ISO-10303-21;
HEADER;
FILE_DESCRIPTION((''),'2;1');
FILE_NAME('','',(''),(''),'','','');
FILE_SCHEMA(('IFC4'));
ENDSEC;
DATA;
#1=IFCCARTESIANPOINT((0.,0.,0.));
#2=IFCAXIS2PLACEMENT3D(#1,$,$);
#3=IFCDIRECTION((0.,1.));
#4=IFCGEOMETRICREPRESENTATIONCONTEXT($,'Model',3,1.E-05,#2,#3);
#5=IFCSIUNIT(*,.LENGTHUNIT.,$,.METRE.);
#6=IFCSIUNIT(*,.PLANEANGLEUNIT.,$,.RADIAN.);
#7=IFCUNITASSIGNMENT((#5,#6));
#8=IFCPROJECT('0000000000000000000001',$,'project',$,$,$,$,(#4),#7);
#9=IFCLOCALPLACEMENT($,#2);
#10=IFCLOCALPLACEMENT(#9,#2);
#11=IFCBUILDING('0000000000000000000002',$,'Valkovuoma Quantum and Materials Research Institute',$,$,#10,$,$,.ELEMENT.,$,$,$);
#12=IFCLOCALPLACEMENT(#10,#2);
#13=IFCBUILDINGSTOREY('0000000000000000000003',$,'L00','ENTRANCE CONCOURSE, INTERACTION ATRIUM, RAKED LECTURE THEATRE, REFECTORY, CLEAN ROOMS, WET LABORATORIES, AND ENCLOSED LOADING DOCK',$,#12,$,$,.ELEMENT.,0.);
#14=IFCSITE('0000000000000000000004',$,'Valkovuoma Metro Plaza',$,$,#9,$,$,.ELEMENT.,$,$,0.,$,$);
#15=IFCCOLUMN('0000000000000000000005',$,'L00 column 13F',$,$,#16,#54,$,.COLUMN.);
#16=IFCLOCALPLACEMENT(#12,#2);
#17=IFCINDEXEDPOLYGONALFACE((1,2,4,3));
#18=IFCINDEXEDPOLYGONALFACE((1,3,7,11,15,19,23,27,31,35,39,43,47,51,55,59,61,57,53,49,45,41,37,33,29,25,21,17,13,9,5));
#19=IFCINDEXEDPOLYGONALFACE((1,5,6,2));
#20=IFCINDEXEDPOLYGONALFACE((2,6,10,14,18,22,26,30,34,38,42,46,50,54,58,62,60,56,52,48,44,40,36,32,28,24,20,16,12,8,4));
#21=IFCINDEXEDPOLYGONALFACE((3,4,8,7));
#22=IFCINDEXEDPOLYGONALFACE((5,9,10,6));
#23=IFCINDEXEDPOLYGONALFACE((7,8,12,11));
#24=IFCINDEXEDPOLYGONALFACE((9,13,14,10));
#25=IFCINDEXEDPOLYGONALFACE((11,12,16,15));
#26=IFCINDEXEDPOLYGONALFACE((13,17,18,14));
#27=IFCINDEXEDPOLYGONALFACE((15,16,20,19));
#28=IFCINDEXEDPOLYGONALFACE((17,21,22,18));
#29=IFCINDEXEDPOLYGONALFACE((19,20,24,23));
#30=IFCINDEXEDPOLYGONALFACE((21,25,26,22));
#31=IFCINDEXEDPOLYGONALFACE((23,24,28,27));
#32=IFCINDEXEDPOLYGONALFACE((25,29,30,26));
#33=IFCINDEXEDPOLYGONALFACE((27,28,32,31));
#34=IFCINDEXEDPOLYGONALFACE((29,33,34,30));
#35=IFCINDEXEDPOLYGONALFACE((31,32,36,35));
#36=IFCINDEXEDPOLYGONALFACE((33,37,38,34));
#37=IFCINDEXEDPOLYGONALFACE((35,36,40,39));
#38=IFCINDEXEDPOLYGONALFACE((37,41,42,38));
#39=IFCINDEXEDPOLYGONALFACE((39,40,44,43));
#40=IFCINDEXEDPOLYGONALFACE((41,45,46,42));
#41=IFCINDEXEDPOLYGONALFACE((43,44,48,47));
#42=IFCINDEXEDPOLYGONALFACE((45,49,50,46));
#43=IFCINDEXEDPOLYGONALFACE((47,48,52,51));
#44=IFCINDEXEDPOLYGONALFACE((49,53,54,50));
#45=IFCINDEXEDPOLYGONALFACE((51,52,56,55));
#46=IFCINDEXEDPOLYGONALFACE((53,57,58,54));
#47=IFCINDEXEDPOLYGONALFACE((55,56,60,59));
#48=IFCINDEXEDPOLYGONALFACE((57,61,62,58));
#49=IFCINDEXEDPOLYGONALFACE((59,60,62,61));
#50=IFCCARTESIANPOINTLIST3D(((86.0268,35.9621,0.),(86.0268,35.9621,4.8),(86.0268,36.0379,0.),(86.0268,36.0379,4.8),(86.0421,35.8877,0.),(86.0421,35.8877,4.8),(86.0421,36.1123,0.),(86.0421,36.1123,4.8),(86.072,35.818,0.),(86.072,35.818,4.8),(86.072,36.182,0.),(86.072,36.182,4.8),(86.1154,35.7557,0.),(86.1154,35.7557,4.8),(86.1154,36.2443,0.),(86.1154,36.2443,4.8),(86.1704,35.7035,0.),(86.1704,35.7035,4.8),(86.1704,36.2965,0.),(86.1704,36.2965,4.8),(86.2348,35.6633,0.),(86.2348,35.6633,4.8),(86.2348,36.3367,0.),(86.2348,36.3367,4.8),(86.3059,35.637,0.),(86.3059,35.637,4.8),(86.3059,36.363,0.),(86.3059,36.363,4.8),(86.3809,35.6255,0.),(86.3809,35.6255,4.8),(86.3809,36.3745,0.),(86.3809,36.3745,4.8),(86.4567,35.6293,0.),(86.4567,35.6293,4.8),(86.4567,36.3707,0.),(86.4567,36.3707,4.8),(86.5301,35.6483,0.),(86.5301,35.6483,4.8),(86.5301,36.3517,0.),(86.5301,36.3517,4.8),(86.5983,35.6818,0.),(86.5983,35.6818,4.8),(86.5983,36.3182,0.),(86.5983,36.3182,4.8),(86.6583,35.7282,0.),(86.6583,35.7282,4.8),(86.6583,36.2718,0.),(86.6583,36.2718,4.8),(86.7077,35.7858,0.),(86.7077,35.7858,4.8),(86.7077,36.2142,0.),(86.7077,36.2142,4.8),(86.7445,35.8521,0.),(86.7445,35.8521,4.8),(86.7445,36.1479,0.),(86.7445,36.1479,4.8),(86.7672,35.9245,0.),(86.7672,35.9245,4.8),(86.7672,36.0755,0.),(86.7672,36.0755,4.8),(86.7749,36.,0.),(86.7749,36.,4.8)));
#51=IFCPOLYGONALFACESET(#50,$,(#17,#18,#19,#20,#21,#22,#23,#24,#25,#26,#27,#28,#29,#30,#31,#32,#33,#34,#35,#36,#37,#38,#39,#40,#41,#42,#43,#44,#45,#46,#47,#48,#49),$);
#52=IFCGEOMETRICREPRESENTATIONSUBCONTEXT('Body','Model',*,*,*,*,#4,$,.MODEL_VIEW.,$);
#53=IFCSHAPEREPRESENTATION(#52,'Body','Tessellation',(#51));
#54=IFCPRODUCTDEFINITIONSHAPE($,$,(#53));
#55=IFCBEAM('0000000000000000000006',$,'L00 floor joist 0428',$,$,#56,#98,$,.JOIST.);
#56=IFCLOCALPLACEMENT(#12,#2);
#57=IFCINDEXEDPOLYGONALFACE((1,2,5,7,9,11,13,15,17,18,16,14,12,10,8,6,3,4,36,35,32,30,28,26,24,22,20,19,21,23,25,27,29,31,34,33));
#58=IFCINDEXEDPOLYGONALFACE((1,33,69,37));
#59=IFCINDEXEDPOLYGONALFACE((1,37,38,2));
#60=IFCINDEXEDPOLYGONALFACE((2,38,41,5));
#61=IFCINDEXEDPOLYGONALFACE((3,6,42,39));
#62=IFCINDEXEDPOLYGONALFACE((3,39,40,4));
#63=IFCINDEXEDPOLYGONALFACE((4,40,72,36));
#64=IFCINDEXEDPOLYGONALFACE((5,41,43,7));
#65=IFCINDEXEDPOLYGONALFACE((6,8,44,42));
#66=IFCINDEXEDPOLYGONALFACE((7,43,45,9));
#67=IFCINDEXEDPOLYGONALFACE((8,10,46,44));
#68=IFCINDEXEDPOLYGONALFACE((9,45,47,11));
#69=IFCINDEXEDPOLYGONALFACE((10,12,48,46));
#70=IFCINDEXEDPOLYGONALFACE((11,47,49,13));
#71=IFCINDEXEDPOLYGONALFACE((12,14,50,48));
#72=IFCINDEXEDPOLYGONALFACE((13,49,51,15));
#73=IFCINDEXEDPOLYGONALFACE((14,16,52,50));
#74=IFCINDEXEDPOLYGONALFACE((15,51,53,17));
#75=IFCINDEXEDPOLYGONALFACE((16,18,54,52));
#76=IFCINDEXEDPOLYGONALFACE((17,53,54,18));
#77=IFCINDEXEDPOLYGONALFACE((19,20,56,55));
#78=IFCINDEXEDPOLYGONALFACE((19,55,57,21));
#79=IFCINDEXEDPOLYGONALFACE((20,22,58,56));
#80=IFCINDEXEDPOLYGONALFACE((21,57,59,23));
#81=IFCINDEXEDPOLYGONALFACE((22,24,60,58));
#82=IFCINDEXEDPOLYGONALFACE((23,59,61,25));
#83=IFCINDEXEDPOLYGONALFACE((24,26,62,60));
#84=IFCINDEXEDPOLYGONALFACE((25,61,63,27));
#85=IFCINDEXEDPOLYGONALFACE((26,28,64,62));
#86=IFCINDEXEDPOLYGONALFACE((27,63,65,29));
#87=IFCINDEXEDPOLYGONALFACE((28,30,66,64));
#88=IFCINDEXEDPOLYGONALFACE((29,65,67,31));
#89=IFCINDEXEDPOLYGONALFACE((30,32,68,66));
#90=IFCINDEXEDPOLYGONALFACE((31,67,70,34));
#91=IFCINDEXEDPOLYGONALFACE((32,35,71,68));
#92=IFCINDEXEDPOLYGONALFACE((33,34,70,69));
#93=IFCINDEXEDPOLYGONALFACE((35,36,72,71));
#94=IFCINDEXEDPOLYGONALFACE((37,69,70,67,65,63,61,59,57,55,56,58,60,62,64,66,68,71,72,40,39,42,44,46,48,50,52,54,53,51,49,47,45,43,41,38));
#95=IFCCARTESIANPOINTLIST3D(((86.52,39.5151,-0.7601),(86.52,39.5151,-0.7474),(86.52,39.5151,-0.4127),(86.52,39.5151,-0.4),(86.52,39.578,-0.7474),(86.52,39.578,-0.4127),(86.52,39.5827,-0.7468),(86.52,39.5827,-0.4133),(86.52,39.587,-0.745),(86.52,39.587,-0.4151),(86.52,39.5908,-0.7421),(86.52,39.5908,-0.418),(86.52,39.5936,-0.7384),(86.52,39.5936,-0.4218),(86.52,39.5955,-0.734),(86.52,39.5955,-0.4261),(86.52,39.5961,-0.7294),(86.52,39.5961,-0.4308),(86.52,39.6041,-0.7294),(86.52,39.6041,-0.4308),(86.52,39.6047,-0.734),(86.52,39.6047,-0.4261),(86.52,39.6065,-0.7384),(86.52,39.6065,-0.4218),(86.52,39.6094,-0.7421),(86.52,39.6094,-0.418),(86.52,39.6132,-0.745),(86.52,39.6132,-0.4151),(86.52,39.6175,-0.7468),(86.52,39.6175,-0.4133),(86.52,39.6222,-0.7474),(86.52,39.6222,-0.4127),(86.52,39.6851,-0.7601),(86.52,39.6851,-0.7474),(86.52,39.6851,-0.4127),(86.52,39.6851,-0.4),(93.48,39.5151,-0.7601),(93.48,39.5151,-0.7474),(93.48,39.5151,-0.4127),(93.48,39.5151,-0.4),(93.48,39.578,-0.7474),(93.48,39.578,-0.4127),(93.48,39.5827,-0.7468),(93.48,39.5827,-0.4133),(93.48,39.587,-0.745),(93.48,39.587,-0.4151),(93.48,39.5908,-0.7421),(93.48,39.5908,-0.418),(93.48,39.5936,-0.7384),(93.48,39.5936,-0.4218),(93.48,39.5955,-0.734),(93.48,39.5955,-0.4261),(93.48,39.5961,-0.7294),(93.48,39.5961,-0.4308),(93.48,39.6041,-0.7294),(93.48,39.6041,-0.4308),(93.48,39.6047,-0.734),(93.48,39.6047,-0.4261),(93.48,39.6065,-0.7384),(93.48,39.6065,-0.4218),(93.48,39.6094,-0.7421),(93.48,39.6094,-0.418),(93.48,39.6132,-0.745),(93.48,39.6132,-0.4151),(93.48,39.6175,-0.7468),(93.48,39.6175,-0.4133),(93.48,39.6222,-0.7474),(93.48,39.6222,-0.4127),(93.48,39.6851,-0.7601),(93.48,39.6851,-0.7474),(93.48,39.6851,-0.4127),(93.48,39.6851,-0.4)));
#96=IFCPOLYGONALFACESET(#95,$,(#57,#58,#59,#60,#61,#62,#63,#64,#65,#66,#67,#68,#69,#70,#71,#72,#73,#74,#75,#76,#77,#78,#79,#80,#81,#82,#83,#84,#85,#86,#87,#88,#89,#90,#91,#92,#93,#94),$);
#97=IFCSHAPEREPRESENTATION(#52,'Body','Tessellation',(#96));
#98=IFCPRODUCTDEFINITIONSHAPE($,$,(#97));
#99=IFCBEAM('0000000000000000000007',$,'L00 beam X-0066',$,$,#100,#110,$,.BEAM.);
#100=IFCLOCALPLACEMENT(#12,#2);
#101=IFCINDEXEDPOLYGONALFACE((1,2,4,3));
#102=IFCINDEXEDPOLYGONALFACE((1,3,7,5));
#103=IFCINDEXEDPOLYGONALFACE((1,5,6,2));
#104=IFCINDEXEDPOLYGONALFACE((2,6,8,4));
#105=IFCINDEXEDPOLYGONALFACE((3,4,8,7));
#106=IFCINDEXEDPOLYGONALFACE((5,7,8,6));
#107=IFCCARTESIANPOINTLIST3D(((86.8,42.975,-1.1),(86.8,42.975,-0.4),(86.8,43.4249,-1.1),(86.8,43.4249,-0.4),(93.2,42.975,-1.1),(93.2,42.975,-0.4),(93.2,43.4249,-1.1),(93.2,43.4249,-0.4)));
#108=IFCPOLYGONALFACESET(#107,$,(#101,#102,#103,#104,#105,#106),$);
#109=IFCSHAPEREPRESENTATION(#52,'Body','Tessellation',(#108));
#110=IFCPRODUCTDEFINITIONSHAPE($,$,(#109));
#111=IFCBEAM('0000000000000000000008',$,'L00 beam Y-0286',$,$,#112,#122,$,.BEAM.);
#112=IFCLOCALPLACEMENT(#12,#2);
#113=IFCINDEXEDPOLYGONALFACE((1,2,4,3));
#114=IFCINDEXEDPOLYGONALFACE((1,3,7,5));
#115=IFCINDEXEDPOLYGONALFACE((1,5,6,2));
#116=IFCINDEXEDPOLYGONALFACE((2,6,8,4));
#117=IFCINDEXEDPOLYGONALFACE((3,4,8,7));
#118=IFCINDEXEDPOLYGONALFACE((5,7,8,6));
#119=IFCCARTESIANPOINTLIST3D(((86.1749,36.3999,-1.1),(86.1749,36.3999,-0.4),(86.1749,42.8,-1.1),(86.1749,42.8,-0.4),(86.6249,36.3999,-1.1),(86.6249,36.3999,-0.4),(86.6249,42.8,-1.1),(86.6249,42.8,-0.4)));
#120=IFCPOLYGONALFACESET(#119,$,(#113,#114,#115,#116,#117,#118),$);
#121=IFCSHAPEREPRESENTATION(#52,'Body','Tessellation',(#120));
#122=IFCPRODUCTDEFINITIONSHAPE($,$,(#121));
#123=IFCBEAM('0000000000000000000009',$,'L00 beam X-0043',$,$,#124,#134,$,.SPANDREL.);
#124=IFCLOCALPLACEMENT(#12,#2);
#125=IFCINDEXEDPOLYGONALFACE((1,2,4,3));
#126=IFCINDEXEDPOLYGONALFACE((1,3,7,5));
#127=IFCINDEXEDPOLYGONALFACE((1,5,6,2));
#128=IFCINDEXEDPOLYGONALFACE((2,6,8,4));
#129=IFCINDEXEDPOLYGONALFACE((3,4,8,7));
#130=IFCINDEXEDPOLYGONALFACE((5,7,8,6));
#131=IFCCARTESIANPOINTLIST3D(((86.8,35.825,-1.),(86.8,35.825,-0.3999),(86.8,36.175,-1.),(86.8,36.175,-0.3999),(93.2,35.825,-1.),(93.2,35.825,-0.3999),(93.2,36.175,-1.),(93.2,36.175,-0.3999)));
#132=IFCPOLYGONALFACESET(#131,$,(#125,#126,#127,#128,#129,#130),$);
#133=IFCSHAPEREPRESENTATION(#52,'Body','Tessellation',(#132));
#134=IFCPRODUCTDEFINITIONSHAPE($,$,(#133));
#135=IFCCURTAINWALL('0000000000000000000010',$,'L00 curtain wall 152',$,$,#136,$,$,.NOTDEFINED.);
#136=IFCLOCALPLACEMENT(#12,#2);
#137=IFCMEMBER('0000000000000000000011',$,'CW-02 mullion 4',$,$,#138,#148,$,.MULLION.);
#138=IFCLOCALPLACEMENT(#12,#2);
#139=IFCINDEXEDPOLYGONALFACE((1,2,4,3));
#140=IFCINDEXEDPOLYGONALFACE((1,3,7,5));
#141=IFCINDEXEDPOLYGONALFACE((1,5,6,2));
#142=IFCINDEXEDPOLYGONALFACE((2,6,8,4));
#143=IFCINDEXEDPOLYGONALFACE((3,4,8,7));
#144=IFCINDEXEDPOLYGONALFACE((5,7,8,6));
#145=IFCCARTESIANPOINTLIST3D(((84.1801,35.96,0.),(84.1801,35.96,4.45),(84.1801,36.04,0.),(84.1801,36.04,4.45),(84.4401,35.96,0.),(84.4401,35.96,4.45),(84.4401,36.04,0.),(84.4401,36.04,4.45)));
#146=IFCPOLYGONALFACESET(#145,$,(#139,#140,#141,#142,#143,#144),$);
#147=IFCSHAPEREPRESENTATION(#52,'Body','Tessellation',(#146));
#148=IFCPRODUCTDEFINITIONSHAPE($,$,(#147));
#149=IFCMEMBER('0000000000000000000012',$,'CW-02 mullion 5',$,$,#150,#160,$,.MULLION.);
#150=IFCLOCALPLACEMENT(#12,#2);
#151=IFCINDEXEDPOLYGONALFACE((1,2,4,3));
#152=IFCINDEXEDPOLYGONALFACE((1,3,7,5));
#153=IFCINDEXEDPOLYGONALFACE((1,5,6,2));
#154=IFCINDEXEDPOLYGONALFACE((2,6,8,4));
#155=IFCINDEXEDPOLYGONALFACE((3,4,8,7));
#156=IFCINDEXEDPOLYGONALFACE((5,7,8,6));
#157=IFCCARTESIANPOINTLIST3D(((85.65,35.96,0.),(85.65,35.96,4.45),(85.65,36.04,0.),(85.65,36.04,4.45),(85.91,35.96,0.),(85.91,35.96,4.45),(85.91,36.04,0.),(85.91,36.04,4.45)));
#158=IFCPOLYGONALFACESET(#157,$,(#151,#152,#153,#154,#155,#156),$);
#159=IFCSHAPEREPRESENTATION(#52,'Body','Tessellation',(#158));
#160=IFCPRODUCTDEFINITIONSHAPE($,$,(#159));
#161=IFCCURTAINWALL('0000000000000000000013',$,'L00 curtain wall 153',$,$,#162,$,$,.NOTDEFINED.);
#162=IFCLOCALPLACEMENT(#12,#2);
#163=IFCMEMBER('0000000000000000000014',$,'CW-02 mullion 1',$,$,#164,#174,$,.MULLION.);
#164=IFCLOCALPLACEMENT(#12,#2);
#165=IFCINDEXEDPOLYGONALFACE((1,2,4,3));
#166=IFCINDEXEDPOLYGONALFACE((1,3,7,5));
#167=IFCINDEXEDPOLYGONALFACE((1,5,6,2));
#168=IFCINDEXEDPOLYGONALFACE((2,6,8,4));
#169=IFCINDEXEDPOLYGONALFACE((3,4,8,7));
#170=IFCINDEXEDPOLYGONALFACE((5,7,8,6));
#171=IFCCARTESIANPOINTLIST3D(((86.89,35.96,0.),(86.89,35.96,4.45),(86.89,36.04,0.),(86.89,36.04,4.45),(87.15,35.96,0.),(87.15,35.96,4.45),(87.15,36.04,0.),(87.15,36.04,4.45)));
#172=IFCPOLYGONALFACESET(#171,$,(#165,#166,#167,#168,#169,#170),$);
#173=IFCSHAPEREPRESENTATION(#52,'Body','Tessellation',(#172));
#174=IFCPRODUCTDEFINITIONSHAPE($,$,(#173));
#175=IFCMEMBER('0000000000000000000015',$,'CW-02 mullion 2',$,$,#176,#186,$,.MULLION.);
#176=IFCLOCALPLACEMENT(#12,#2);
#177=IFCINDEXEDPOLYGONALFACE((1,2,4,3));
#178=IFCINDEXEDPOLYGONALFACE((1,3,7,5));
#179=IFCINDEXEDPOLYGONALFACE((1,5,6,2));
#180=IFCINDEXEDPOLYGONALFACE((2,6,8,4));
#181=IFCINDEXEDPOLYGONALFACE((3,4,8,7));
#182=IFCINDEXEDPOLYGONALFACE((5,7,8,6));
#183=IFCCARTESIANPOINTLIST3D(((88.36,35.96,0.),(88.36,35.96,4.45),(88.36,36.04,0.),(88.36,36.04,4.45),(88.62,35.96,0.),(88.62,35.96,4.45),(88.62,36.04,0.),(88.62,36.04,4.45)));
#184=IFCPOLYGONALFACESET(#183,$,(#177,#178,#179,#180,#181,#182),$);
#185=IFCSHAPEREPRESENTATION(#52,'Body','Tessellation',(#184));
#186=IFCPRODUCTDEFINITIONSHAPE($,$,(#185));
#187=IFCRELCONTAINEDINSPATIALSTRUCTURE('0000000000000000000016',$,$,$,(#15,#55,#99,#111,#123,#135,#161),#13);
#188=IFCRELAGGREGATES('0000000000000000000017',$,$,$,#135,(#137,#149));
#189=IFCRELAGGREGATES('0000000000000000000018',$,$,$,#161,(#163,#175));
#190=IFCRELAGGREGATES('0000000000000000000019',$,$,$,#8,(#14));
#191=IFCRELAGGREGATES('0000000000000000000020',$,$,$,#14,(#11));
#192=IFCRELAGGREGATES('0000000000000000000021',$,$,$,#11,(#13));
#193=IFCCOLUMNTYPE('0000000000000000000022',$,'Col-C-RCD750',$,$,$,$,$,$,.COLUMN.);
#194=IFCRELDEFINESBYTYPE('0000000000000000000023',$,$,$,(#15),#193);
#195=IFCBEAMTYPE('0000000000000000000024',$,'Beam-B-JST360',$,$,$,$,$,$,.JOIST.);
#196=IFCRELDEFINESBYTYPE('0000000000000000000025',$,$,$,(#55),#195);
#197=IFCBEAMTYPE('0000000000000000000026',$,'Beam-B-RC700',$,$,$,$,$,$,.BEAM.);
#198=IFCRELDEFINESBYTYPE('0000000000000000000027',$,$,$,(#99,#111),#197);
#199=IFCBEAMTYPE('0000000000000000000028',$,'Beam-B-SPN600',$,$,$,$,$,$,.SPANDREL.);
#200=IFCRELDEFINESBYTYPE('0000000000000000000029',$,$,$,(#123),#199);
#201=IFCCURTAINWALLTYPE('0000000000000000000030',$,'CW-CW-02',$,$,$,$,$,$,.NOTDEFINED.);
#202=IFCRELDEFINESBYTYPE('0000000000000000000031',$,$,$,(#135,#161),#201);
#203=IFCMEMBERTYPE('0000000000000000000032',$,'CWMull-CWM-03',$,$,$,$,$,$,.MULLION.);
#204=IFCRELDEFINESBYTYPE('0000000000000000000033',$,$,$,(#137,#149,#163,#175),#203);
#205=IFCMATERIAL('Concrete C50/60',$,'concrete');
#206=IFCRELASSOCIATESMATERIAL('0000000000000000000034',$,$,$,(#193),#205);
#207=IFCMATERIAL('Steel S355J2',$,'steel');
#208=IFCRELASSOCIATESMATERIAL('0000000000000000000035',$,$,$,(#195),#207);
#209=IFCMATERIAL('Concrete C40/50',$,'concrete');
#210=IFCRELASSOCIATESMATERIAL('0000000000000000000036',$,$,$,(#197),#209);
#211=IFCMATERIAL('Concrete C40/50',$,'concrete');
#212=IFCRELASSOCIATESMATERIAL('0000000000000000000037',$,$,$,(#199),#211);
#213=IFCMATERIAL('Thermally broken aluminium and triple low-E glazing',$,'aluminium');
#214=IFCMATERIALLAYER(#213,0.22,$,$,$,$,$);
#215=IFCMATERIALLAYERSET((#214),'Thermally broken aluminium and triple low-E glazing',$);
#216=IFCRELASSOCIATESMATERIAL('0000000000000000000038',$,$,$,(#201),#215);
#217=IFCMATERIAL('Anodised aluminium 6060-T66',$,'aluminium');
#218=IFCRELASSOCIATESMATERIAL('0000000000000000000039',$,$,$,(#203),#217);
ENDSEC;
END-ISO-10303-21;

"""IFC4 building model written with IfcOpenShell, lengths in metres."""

from ifc_helpers import new_model, si_unit, direction, frame, origin, origin_2d, place, context, subcontext, project, spatial, rectangle, circle, i_section, extrude, material, layer, layer_set, material_profile, profile_set, type_object, element, aggregate, save


model = new_model("IFC4")

# Units and contexts
model_context = context("Model", 3, precision=1e-05, world=origin(), true_north=direction((0.0, 1.0)))
body_context = subcontext(model_context, "Body", "Model", "MODEL_VIEW")
ifc_project = project(units=[si_unit("LENGTHUNIT", "METRE"), si_unit("PLANEANGLEUNIT", "RADIAN")], contexts=[model_context])

# Site, building, storey
site_placement = place(None, origin())
site = spatial("IfcSite", under=ifc_project, at=site_placement, Name="Valkovuoma Metro Plaza", CompositionType="ELEMENT", RefElevation=0.0)
building_placement = place(site_placement, origin())
building = spatial("IfcBuilding", under=site, at=building_placement, Name="Valkovuoma Quantum and Materials Research Institute", CompositionType="ELEMENT")
storey_placement = place(building_placement, origin())
storey = spatial("IfcBuildingStorey", under=building, at=storey_placement, Name="L00", Description="ENTRANCE CONCOURSE, INTERACTION ATRIUM, RAKED LECTURE THEATRE, REFECTORY, CLEAN ROOMS, WET LABORATORIES, AND ENCLOSED LOADING DOCK", CompositionType="ELEMENT", Elevation=0.0)

# Column
ifc_material_1 = material(Name="Concrete C50/60", Category="concrete")
ifc_material_profile_1 = material_profile(ifc_material_1, circle(Radius=0.375, at=origin_2d()), Name="Concrete C50/60")
ifc_profile_set_1 = profile_set([ifc_material_profile_1], Name="Concrete C50/60")
column_type = type_object("IfcColumnType", Name="Col-C-RCD750", PredefinedType="COLUMN", material=ifc_profile_set_1)
column_placement = place(storey_placement, frame((86.3999, 36.0, 0.0), z_axis=(0.0, 0.0, 1.0), x_axis=(1.0, 0.0, 0.0)))
element("IfcColumn", 1, at=column_placement, inside=storey, type_object=column_type, Name="L00 column 13F", PredefinedType="COLUMN", context=body_context, shape_type="SweptSolid", body=[
    extrude(circle(Radius=0.375, at=origin_2d()), origin(), (0.0, 0.0, 1.0), 4.8),
])

# Beams
ifc_material_2 = material(Name="Steel S355J2", Category="steel")
ifc_material_profile_2 = material_profile(ifc_material_2, i_section(OverallWidth=0.1699, OverallDepth=0.3601, WebThickness=0.0081, FlangeThickness=0.0127, FilletRadius=0.0181, at=origin_2d()), Name="Steel S355J2")
ifc_profile_set_2 = profile_set([ifc_material_profile_2], Name="Steel S355J2")
beam_type_1 = type_object("IfcBeamType", Name="Beam-B-JST360", PredefinedType="JOIST", material=ifc_profile_set_2)
beam_1_placement = place(storey_placement, frame((86.52, 39.6001, -0.5801), z_axis=(1.0, 0.0, 0.0), x_axis=(0.0, 1.0, 0.0)))
element("IfcBeam", 2, at=beam_1_placement, inside=storey, type_object=beam_type_1, Name="L00 floor joist 0428", PredefinedType="JOIST", context=body_context, shape_type="SweptSolid", body=[
    extrude(i_section(OverallWidth=0.1699, OverallDepth=0.3601, WebThickness=0.0081, FlangeThickness=0.0127, FilletRadius=0.0181, at=origin_2d()), origin(), (0.0, 0.0, 1.0), 6.96),
])
ifc_material_3 = material(Name="Concrete C40/50", Category="concrete")
ifc_material_profile_3 = material_profile(ifc_material_3, rectangle(XDim=0.45, YDim=0.7, at=origin_2d()), Name="Concrete C40/50")
ifc_profile_set_3 = profile_set([ifc_material_profile_3], Name="Concrete C40/50")
beam_type_2 = type_object("IfcBeamType", Name="Beam-B-RC700", PredefinedType="BEAM", material=ifc_profile_set_3)
beam_2_placement = place(storey_placement, frame((86.8, 43.2, -0.75), z_axis=(1.0, 0.0, 0.0), x_axis=(0.0, 1.0, 0.0)))
element("IfcBeam", 3, at=beam_2_placement, inside=storey, type_object=beam_type_2, Name="L00 beam X-0066", PredefinedType="BEAM", context=body_context, shape_type="SweptSolid", body=[
    extrude(rectangle(XDim=0.45, YDim=0.7, at=origin_2d()), origin(), (0.0, 0.0, 1.0), 6.3999),
])
beam_3_placement = place(storey_placement, frame((86.3999, 36.3999, -0.75), z_axis=(0.0, 1.0, 0.0), x_axis=(-1.0, 0.0, 0.0)))
element("IfcBeam", 4, at=beam_3_placement, inside=storey, type_object=beam_type_2, Name="L00 beam Y-0286", PredefinedType="BEAM", context=body_context, shape_type="SweptSolid", body=[
    extrude(rectangle(XDim=0.45, YDim=0.7, at=origin_2d()), origin(), (0.0, 0.0, 1.0), 6.4001),
])
ifc_material_4 = material(Name="Concrete C40/50", Category="concrete")
ifc_material_profile_4 = material_profile(ifc_material_4, rectangle(XDim=0.3501, YDim=0.6001, at=origin_2d()), Name="Concrete C40/50")
ifc_profile_set_4 = profile_set([ifc_material_profile_4], Name="Concrete C40/50")
beam_type_3 = type_object("IfcBeamType", Name="Beam-B-SPN600", PredefinedType="SPANDREL", material=ifc_profile_set_4)
beam_4_placement = place(storey_placement, frame((86.8, 36.0, -0.7), z_axis=(1.0, 0.0, 0.0), x_axis=(0.0, 1.0, 0.0)))
element("IfcBeam", 5, at=beam_4_placement, inside=storey, type_object=beam_type_3, Name="L00 beam X-0043", PredefinedType="SPANDREL", context=body_context, shape_type="SweptSolid", body=[
    extrude(rectangle(XDim=0.3501, YDim=0.6001, at=origin_2d()), origin(), (0.0, 0.0, 1.0), 6.3999),
])

# Curtain walls, members
ifc_material_5 = material(Name="Thermally broken aluminium and triple low-E glazing", Category="aluminium")
ifc_layer_1 = layer(ifc_material_5, 0.22)
ifc_layer_set_1 = layer_set([ifc_layer_1], Name="Thermally broken aluminium and triple low-E glazing")
curtain_wall_type = type_object("IfcCurtainWallType", Name="CW-CW-02", PredefinedType="NOTDEFINED", material=ifc_layer_set_1)
curtain_wall_1_placement = place(storey_placement, origin())
curtain_wall_1 = element("IfcCurtainWall", 6, at=curtain_wall_1_placement, inside=storey, type_object=curtain_wall_type, Name="L00 curtain wall 152", PredefinedType="NOTDEFINED")
ifc_material_6 = material(Name="Anodised aluminium 6060-T66", Category="aluminium")
ifc_material_profile_5 = material_profile(ifc_material_6, rectangle(XDim=0.0801, YDim=0.26, at=origin_2d()), Name="Anodised aluminium 6060-T66")
ifc_profile_set_5 = profile_set([ifc_material_profile_5], Name="Anodised aluminium 6060-T66")
member_type_1 = type_object("IfcMemberType", Name="CWMull-CWM-03", PredefinedType="MULLION", material=ifc_profile_set_5)
member_1_placement = place(storey_placement, frame((84.3101, 36.0, 0.0), z_axis=(0.0, 0.0, 1.0), x_axis=(0.0, 1.0, 0.0)))
member_1 = element("IfcMember", 7, at=member_1_placement, type_object=member_type_1, Name="CW-02 mullion 4", PredefinedType="MULLION", context=body_context, shape_type="SweptSolid", body=[
    extrude(rectangle(XDim=0.0801, YDim=0.26, at=origin_2d()), origin(), (0.0, 0.0, 1.0), 4.45),
])
member_2_placement = place(storey_placement, frame((85.78, 36.0, 0.0), z_axis=(0.0, 0.0, 1.0), x_axis=(0.0, 1.0, 0.0)))
member_2 = element("IfcMember", 8, at=member_2_placement, type_object=member_type_1, Name="CW-02 mullion 5", PredefinedType="MULLION", context=body_context, shape_type="SweptSolid", body=[
    extrude(rectangle(XDim=0.0801, YDim=0.26, at=origin_2d()), origin(), (0.0, 0.0, 1.0), 4.45),
])
curtain_wall_2_placement = place(storey_placement, origin())
curtain_wall_2 = element("IfcCurtainWall", 9, at=curtain_wall_2_placement, inside=storey, type_object=curtain_wall_type, Name="L00 curtain wall 153", PredefinedType="NOTDEFINED")
member_3_placement = place(storey_placement, frame((87.02, 36.0, 0.0), z_axis=(0.0, 0.0, 1.0), x_axis=(0.0, 1.0, 0.0)))
member_3 = element("IfcMember", 10, at=member_3_placement, type_object=member_type_1, Name="CW-02 mullion 1", PredefinedType="MULLION", context=body_context, shape_type="SweptSolid", body=[
    extrude(rectangle(XDim=0.0801, YDim=0.26, at=origin_2d()), origin(), (0.0, 0.0, 1.0), 4.45),
])
member_4_placement = place(storey_placement, frame((88.49, 36.0, 0.0), z_axis=(0.0, 0.0, 1.0), x_axis=(0.0, 1.0, 0.0)))
member_4 = element("IfcMember", 11, at=member_4_placement, type_object=member_type_1, Name="CW-02 mullion 2", PredefinedType="MULLION", context=body_context, shape_type="SweptSolid", body=[
    extrude(rectangle(XDim=0.0801, YDim=0.26, at=origin_2d()), origin(), (0.0, 0.0, 1.0), 4.45),
])

aggregate(curtain_wall_1, [member_1, member_2])
aggregate(curtain_wall_2, [member_3, member_4])

save(model, "model.ifc")
